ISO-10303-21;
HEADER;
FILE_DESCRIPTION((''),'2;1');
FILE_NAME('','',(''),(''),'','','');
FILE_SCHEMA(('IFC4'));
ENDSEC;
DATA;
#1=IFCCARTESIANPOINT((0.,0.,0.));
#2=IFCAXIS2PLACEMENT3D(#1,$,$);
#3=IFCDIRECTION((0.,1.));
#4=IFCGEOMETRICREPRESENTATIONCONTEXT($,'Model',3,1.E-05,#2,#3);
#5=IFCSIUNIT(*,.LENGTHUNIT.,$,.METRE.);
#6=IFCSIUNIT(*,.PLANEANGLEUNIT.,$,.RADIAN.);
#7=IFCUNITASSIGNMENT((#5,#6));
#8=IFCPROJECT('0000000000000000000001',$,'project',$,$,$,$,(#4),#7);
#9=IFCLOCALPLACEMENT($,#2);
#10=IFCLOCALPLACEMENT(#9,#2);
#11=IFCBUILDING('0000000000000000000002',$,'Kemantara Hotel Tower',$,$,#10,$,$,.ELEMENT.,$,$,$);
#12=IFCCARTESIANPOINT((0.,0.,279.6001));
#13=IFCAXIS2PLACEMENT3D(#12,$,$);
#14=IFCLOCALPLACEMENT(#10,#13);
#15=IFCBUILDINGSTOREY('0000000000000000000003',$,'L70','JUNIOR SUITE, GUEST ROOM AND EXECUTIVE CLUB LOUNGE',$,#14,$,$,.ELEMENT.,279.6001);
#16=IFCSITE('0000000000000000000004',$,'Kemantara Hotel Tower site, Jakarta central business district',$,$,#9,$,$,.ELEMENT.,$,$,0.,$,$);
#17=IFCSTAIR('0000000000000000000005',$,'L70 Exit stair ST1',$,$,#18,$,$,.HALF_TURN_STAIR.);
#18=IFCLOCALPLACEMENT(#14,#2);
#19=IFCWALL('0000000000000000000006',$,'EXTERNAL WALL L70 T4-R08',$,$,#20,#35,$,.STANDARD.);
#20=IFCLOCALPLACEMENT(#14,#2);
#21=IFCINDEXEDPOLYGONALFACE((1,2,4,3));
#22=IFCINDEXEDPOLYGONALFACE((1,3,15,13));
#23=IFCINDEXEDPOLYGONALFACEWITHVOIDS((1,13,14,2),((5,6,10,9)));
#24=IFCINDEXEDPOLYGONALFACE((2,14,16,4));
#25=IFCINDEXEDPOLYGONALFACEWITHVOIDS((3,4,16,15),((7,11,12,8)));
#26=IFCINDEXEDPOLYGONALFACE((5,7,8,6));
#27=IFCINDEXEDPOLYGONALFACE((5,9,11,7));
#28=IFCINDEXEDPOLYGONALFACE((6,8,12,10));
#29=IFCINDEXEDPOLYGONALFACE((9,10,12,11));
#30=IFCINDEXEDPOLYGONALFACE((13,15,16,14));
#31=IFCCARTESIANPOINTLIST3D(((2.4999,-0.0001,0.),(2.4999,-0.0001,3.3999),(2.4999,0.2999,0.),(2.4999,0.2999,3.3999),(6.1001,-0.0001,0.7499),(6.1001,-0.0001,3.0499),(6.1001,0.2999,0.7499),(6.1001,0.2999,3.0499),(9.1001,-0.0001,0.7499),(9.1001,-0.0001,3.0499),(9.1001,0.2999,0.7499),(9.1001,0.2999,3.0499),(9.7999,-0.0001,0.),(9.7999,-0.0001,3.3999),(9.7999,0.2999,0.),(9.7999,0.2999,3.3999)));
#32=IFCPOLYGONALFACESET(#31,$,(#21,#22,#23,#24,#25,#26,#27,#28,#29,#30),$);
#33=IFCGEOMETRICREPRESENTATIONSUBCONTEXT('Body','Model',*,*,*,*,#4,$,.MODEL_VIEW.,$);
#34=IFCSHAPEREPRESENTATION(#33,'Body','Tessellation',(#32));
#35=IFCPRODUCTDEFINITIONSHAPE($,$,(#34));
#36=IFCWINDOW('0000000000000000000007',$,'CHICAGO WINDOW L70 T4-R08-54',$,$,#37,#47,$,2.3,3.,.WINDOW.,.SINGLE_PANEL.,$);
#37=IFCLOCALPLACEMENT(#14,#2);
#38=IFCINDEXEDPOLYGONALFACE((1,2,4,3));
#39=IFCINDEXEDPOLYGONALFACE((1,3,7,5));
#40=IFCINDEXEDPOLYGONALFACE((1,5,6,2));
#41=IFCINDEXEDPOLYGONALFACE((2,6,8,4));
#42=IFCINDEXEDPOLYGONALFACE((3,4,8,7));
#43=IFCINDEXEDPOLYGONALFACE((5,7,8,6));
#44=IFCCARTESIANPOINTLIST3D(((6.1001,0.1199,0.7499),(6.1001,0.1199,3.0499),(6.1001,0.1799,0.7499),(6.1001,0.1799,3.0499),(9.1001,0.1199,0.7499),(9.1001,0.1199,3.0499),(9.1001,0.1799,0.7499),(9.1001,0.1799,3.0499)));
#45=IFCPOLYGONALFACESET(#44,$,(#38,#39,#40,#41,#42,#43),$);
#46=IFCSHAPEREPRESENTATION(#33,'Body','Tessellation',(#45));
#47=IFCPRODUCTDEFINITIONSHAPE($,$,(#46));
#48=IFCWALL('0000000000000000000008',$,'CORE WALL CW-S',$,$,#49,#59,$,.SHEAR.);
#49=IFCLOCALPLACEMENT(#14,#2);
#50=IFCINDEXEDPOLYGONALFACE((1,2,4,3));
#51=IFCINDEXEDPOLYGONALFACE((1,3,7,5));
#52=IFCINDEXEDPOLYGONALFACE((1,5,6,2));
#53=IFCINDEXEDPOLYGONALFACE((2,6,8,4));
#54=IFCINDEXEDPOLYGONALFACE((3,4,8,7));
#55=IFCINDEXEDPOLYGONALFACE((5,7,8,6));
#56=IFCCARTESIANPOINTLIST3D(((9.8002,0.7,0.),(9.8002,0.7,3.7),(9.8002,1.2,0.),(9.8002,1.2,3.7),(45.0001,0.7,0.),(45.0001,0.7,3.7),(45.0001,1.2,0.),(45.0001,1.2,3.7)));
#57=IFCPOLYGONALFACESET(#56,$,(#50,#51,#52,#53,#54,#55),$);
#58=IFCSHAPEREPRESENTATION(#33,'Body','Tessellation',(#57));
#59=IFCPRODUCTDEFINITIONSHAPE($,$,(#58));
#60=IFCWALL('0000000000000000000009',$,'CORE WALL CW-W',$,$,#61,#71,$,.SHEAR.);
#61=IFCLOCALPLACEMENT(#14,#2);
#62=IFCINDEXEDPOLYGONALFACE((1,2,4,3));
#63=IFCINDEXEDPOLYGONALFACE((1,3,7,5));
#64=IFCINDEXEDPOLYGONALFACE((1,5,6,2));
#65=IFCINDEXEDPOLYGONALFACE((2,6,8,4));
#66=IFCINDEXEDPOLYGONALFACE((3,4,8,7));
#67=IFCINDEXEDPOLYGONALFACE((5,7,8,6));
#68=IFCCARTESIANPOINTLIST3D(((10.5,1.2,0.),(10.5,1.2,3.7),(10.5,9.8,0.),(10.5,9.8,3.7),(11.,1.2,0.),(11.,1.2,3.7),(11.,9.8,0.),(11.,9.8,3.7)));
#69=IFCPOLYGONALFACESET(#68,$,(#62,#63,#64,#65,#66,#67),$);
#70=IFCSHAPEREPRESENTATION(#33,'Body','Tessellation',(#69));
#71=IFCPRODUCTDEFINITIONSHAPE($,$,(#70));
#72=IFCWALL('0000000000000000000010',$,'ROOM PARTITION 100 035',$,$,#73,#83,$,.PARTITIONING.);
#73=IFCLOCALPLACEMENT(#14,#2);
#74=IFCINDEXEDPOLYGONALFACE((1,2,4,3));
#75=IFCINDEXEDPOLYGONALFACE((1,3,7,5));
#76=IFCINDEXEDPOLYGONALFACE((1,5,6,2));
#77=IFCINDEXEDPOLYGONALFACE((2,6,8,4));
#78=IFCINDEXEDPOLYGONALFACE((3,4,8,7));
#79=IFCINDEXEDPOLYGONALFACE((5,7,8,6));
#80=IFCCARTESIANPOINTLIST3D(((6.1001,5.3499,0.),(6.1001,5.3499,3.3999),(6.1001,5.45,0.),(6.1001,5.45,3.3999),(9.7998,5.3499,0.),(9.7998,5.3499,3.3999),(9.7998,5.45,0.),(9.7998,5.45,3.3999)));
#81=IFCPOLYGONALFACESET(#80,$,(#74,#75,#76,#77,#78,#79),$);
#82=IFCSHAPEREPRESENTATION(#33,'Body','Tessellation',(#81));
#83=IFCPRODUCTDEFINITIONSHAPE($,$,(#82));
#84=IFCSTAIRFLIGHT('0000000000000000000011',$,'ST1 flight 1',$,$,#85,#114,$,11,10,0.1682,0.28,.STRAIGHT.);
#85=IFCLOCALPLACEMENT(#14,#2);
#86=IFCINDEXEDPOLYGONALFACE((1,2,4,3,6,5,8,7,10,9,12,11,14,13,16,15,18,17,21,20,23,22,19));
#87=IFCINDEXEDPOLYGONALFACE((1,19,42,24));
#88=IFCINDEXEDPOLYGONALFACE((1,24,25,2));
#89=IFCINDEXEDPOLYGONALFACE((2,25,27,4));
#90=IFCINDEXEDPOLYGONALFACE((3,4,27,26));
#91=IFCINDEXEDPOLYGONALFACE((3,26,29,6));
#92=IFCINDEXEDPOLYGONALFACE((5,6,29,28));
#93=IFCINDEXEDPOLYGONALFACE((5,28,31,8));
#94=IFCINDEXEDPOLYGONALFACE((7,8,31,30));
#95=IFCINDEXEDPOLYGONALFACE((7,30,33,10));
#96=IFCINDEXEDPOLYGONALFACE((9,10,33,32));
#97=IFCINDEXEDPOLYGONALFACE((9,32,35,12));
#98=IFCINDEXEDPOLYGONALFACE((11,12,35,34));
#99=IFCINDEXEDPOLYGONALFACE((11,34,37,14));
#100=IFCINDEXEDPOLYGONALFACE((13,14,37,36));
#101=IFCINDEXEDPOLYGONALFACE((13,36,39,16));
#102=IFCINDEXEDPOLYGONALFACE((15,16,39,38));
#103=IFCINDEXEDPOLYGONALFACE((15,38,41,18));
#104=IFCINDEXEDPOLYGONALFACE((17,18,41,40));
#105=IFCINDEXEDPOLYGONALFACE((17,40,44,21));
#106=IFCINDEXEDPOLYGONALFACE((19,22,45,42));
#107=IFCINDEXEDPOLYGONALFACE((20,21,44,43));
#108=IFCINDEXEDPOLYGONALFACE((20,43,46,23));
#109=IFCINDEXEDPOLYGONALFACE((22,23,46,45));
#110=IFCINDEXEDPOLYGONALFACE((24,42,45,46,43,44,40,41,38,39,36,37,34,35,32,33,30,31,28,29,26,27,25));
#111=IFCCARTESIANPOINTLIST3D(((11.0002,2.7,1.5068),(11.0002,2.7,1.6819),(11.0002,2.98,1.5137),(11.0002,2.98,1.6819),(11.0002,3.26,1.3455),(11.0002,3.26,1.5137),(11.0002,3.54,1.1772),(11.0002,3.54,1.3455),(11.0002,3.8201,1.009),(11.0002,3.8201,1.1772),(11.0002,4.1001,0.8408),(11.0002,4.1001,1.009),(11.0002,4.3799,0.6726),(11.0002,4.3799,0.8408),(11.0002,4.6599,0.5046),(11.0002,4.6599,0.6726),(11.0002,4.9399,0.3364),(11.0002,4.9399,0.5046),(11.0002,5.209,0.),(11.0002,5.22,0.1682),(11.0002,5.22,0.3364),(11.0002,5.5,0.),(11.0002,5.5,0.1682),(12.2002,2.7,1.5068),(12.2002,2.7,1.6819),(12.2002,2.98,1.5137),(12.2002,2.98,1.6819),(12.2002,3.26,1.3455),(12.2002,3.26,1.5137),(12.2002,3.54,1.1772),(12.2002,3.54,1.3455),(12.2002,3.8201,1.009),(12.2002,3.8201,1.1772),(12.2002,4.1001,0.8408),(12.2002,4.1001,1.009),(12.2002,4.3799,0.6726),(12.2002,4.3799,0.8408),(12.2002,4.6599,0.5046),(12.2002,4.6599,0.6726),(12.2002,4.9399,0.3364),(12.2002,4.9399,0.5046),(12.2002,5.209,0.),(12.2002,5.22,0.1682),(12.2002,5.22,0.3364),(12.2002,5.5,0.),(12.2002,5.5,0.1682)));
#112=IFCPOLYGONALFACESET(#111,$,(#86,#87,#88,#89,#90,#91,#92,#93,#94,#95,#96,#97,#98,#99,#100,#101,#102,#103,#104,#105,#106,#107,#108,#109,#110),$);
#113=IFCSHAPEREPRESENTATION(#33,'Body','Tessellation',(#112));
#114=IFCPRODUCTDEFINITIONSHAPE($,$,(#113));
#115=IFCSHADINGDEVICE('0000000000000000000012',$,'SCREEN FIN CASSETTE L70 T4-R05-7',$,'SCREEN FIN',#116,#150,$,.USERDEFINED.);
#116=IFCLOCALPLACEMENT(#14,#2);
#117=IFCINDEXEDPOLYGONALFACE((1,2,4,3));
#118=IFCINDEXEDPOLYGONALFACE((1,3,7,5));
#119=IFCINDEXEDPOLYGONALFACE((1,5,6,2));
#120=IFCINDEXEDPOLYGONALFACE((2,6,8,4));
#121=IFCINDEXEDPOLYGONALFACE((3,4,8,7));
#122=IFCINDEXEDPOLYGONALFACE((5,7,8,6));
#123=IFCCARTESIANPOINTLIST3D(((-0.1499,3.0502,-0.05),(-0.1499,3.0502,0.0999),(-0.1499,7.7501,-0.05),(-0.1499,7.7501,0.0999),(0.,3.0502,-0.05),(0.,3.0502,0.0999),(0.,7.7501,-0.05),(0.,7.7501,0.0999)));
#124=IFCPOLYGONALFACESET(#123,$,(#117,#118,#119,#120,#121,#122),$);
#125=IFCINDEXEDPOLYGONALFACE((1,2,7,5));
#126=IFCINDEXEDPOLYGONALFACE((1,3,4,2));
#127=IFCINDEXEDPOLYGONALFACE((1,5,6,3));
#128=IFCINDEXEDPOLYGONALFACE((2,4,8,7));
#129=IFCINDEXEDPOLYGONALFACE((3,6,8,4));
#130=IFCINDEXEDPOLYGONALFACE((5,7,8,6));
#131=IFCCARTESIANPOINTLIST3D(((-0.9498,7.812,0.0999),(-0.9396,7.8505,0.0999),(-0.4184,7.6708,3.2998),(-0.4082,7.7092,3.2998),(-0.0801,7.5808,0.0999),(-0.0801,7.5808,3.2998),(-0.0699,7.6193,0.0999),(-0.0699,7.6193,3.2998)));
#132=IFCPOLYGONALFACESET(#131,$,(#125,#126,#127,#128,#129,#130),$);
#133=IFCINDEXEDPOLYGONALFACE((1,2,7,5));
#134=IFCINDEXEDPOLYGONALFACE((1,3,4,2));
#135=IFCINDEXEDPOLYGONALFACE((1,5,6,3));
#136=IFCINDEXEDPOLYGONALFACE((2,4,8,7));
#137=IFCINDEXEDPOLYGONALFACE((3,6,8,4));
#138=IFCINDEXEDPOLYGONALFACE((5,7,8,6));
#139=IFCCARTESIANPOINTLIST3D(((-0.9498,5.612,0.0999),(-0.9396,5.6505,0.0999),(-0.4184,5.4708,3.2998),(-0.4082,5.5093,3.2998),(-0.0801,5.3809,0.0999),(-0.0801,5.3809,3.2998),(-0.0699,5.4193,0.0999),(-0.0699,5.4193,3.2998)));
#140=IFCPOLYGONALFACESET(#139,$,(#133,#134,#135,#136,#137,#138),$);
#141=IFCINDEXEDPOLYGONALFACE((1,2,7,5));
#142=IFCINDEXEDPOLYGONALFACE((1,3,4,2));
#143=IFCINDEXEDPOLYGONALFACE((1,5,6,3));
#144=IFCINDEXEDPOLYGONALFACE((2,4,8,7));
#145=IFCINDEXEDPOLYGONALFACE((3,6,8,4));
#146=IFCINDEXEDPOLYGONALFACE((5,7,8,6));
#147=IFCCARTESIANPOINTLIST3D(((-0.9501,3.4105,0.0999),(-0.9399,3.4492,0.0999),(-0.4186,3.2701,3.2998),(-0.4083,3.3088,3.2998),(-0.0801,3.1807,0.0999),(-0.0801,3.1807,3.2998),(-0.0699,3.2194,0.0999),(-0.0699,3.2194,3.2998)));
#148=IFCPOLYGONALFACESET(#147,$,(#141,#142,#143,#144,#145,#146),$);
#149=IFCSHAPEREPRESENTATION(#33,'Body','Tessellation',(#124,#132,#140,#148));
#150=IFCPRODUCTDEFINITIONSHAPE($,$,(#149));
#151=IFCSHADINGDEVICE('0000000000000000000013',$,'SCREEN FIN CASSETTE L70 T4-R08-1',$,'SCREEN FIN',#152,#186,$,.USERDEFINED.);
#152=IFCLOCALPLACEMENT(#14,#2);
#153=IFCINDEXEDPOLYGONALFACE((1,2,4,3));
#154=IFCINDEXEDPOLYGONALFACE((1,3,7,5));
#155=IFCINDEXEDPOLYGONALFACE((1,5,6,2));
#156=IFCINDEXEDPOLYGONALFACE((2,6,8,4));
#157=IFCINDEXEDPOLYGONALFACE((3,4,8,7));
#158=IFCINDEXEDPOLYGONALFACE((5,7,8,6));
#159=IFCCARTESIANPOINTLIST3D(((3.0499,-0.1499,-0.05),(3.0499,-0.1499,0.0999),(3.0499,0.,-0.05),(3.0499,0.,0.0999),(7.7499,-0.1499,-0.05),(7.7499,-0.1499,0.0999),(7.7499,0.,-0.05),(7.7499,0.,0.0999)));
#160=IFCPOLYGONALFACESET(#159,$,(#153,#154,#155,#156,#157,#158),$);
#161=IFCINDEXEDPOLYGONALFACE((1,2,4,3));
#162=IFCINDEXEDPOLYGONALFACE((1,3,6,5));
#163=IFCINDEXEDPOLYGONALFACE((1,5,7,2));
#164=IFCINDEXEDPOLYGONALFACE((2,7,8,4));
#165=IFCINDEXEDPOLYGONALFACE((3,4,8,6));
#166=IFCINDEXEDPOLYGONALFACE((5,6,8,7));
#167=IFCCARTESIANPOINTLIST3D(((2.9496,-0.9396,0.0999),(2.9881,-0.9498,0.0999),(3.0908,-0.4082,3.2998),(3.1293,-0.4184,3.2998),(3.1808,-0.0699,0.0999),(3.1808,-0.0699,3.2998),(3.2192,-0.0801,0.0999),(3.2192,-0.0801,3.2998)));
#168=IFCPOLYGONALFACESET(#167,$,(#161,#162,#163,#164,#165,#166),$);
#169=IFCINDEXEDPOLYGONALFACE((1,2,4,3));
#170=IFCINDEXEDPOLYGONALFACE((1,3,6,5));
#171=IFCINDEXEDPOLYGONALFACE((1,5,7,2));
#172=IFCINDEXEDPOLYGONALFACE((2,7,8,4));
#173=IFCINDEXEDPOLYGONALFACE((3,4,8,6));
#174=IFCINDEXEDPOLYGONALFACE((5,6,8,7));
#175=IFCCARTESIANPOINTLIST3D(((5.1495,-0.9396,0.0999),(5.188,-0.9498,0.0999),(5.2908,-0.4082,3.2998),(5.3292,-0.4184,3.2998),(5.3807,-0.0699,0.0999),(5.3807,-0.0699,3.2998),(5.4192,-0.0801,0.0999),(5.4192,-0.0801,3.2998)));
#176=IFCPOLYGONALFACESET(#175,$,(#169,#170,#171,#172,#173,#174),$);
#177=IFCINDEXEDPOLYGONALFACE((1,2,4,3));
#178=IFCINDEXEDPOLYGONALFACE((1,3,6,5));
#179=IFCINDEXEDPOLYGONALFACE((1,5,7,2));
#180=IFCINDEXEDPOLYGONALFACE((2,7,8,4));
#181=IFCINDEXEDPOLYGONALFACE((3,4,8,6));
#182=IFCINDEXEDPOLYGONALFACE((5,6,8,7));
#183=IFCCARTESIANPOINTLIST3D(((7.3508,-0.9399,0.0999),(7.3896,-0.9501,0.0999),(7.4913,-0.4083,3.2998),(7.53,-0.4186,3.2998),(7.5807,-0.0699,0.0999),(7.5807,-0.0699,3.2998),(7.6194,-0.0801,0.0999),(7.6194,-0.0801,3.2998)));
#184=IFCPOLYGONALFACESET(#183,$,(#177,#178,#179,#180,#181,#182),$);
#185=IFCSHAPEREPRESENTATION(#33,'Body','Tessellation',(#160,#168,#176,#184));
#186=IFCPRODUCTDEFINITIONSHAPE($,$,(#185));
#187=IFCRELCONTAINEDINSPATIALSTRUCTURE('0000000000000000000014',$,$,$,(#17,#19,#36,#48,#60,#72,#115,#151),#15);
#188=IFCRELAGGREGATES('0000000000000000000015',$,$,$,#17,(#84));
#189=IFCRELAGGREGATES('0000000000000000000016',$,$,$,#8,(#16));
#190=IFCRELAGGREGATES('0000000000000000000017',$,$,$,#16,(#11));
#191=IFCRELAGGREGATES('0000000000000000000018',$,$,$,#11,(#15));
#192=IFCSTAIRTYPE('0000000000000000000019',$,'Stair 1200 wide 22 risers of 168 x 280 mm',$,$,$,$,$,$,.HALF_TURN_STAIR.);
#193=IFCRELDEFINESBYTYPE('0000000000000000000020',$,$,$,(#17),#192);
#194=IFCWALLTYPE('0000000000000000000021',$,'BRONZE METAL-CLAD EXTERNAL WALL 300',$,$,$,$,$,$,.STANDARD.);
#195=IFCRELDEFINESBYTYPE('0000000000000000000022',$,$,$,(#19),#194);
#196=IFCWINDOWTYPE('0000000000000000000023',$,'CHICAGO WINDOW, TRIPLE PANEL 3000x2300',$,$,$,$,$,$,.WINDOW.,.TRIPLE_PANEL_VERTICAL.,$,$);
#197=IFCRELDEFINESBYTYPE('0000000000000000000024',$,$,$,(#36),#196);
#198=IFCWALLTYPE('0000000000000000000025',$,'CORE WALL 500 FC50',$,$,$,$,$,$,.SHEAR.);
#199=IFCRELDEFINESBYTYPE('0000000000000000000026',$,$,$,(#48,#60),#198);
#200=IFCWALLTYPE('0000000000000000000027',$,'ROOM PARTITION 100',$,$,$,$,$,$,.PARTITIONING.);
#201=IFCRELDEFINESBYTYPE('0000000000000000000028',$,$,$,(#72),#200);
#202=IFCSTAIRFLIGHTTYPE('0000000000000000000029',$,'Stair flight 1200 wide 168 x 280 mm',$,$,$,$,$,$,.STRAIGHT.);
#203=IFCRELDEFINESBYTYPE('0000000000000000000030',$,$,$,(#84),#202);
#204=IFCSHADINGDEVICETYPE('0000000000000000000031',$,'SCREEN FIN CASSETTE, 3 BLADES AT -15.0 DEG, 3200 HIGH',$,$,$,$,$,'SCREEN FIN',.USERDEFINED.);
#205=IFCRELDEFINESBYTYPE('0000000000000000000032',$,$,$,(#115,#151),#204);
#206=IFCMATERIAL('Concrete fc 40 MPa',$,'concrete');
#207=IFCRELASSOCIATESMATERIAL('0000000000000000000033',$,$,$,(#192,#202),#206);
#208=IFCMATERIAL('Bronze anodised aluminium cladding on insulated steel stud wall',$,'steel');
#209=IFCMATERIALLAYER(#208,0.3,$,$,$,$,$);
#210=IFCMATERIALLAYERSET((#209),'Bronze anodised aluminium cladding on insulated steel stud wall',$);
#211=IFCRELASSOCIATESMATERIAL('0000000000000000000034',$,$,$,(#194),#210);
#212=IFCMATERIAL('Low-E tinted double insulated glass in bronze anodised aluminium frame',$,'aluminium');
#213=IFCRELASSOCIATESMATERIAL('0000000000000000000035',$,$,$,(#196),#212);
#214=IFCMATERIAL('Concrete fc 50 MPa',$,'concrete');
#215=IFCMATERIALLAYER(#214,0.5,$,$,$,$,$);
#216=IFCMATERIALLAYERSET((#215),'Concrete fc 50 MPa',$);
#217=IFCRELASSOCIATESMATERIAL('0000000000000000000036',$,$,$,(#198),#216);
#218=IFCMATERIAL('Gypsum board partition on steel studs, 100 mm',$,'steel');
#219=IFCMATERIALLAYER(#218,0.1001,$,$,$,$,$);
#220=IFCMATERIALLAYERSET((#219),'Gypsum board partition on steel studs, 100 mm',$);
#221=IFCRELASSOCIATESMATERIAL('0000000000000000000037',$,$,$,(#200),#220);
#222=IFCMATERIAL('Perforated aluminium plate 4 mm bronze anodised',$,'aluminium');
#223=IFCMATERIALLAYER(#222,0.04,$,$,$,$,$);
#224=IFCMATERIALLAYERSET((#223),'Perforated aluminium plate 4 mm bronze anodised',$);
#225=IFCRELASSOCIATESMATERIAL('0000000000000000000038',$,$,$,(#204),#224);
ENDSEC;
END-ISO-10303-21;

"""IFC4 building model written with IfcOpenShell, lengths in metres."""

from ifc_helpers import new_model, si_unit, direction, frame, frame_2d, origin, origin_2d, place, context, subcontext, project, spatial, polyline, rectangle, outline, extrude, source, transform, mapped, material, layer, layer_set, type_object, element, fill, aggregate, save


model = new_model("IFC4")

# Units and contexts
model_context = context("Model", 3, precision=1e-05, world=origin(), true_north=direction((0.0, 1.0)))
body_context = subcontext(model_context, "Body", "Model", "MODEL_VIEW")
ifc_project = project(units=[si_unit("LENGTHUNIT", "METRE"), si_unit("PLANEANGLEUNIT", "RADIAN")], contexts=[model_context])

# Site, building, storey
site_placement = place(None, origin())
site = spatial("IfcSite", under=ifc_project, at=site_placement, Name="Kemantara Hotel Tower site, Jakarta central business district", CompositionType="ELEMENT", RefElevation=0.0)
building_placement = place(site_placement, origin())
building = spatial("IfcBuilding", under=site, at=building_placement, Name="Kemantara Hotel Tower", CompositionType="ELEMENT")
storey_placement = place(building_placement, frame((0.0, 0.0, 279.6001)))
storey = spatial("IfcBuildingStorey", under=building, at=storey_placement, Name="L70", Description="JUNIOR SUITE, GUEST ROOM AND EXECUTIVE CLUB LOUNGE", CompositionType="ELEMENT", Elevation=279.6001)

# Shared definitions
ifc_material_1 = material(Name="Concrete fc 50 MPa", Category="concrete")

# Shared definitions
ifc_material_2 = material(Name="Concrete fc 40 MPa", Category="concrete")

# Stair
stair_type_1 = type_object("IfcStairType", Name="Stair 1200 wide 22 risers of 168 x 280 mm", PredefinedType="HALF_TURN_STAIR", material=ifc_material_2)
stair_1_placement = place(storey_placement, origin())
stair_1 = element("IfcStair", 1, at=stair_1_placement, inside=storey, type_object=stair_type_1, Name="L70 Exit stair ST1", PredefinedType="HALF_TURN_STAIR")

# Shared definitions
ifc_material_3 = material(Name="Bronze anodised aluminium cladding on insulated steel stud wall", Category="steel")
ifc_layer_1 = layer(ifc_material_3, 0.3)
ifc_layer_set_1 = layer_set([ifc_layer_1], Name="Bronze anodised aluminium cladding on insulated steel stud wall")
wall_type_1 = type_object("IfcWallType", Name="BRONZE METAL-CLAD EXTERNAL WALL 300", PredefinedType="STANDARD", material=ifc_layer_set_1)

# Wall, opening, window
wall_1_placement = place(storey_placement, frame((2.5, 0.1499, 0.0), z_axis=(0.0, 0.0, 1.0), x_axis=(1.0, 0.0, 0.0)))
wall_1 = element("IfcWall", 2, at=wall_1_placement, inside=storey, type_object=wall_type_1, Name="EXTERNAL WALL L70 T4-R08", PredefinedType="STANDARD", context=body_context, shape_type="SweptSolid", body=[
    extrude(rectangle(XDim=7.3, YDim=0.3, at=frame_2d((3.6499, 0.0))), origin(), (0.0, 0.0, 1.0), 3.3999),
])
opening_placement = place(wall_1_placement, frame((3.6001, 0.0, 0.75)))
opening = element("IfcOpeningElement", 3, at=opening_placement, cuts=wall_1, PredefinedType="OPENING", context=body_context, shape_type="SweptSolid", body=[
    extrude(rectangle(XDim=3.0, YDim=2.3, at=frame_2d((1.5, 1.1499))), frame((0.0, 0.1599, 0.0), z_axis=(0.0, -1.0, 0.0), x_axis=(1.0, 0.0, 0.0)), (0.0, 0.0, 1.0), 0.3201),
])
ifc_material_4 = material(Name="Low-E tinted double insulated glass in bronze anodised aluminium frame", Category="aluminium")
window_type = type_object("IfcWindowType", Name="CHICAGO WINDOW, TRIPLE PANEL 3000x2300", PartitioningType="TRIPLE_PANEL_VERTICAL", PredefinedType="WINDOW", material=ifc_material_4)
window_placement = place(opening_placement, origin())
window = element("IfcWindow", 4, at=window_placement, inside=storey, type_object=window_type, Name="CHICAGO WINDOW L70 T4-R08-54", OverallHeight=2.3, OverallWidth=3.0, PartitioningType="SINGLE_PANEL", PredefinedType="WINDOW", context=body_context, shape_type="SweptSolid", body=[
    extrude(rectangle(XDim=3.0, YDim=2.3, at=frame_2d((1.5, 1.1499))), frame((0.0, 0.03, 0.0), z_axis=(0.0, -1.0, 0.0), x_axis=(1.0, 0.0, 0.0)), (0.0, 0.0, 1.0), 0.0601),
])
fill(opening, window)

# Walls
ifc_layer_2 = layer(ifc_material_1, 0.5)
ifc_layer_set_2 = layer_set([ifc_layer_2], Name="Concrete fc 50 MPa")
wall_type_2 = type_object("IfcWallType", Name="CORE WALL 500 FC50", PredefinedType="SHEAR", material=ifc_layer_set_2)
wall_2_placement = place(storey_placement, frame((9.8, 0.95, 0.0), z_axis=(0.0, 0.0, 1.0), x_axis=(1.0, 0.0, 0.0)))
element("IfcWall", 5, at=wall_2_placement, inside=storey, type_object=wall_type_2, Name="CORE WALL CW-S", PredefinedType="SHEAR", context=body_context, shape_type="SweptSolid", body=[
    extrude(rectangle(XDim=35.2, YDim=0.5, at=frame_2d((17.6001, 0.0))), origin(), (0.0, 0.0, 1.0), 3.7),
])
wall_3_placement = place(storey_placement, frame((10.75, 1.2, 0.0), z_axis=(0.0, 0.0, 1.0), x_axis=(0.0, 1.0, 0.0)))
element("IfcWall", 6, at=wall_3_placement, inside=storey, type_object=wall_type_2, Name="CORE WALL CW-W", PredefinedType="SHEAR", context=body_context, shape_type="SweptSolid", body=[
    extrude(rectangle(XDim=8.6001, YDim=0.5, at=frame_2d((4.3, 0.0))), origin(), (0.0, 0.0, 1.0), 3.7),
])
ifc_material_5 = material(Name="Gypsum board partition on steel studs, 100 mm", Category="steel")
ifc_layer_3 = layer(ifc_material_5, 0.1001)
ifc_layer_set_3 = layer_set([ifc_layer_3], Name="Gypsum board partition on steel studs, 100 mm")
wall_type_3 = type_object("IfcWallType", Name="ROOM PARTITION 100", PredefinedType="PARTITIONING", material=ifc_layer_set_3)
wall_4_placement = place(storey_placement, frame((6.1001, 5.3999, 0.0), z_axis=(0.0, 0.0, 1.0), x_axis=(1.0, 0.0, 0.0)))
element("IfcWall", 7, at=wall_4_placement, inside=storey, type_object=wall_type_3, Name="ROOM PARTITION 100 035", PredefinedType="PARTITIONING", context=body_context, shape_type="SweptSolid", body=[
    extrude(rectangle(XDim=3.6997, YDim=0.1001, at=frame_2d((1.8499, 0.0))), origin(), (0.0, 0.0, 1.0), 3.3999),
])

# Stair flight
stair_flight_type = type_object("IfcStairFlightType", Name="Stair flight 1200 wide 168 x 280 mm", PredefinedType="STRAIGHT", material=ifc_material_2)
stair_flight_placement = place(storey_placement, frame((11.6001, 5.5, 0.0), z_axis=(0.0, 0.0, 1.0), x_axis=(0.0, -1.0, 0.0)))
stair_flight = element("IfcStairFlight", 8, at=stair_flight_placement, type_object=stair_flight_type, Name="ST1 flight 1", NumberOfRisers=11, NumberOfTreads=10, PredefinedType="STRAIGHT", RiserHeight=0.1682, TreadLength=0.28, context=body_context, shape_type="SweptSolid", body=[
    extrude(outline(polyline([(0.0, 0.0), (0.0, 0.1682), (0.28, 0.1682), (0.28, 0.3364), (0.5601, 0.3364), (0.5601, 0.5046), (0.8401, 0.5046), (0.8401, 0.6726), (1.1201, 0.6726), (1.1201, 0.8408), (1.3999, 0.8408), (1.3999, 1.009), (1.6799, 1.009), (1.6799, 1.1772), (1.96, 1.1772), (1.96, 1.3455), (2.24, 1.3455), (2.24, 1.5137), (2.52, 1.5137), (2.52, 1.6819), (2.8, 1.6819), (2.8, 1.8501), (2.8, 1.5068), (0.291, 0.0), (0.0, 0.0)])), frame((0.0, 0.6001, 0.0), z_axis=(0.0, -1.0, 0.0), x_axis=(1.0, 0.0, 0.0)), (0.0, 0.0, 1.0), 1.2),
])
aggregate(stair_1, [stair_flight])

# Shading devices
ifc_material_6 = material(Name="Perforated aluminium plate 4 mm bronze anodised", Category="aluminium")
ifc_layer_4 = layer(ifc_material_6, 0.04)
ifc_layer_set_4 = layer_set([ifc_layer_4], Name="Perforated aluminium plate 4 mm bronze anodised")
shading_device_type_1 = type_object("IfcShadingDeviceType", Name="SCREEN FIN CASSETTE, 3 BLADES AT -15.0 DEG, 3200 HIGH", ElementType="SCREEN FIN", PredefinedType="USERDEFINED", material=ifc_layer_set_4)
shared_shape_1 = source(origin(), body_context, "Body", "SweptSolid", [
    extrude(rectangle(XDim=4.7, YDim=0.1499, at=origin_2d()), frame((2.2, -0.075, -0.1499), z_axis=(0.0, 0.0, 1.0), x_axis=(1.0, 0.0, 0.0)), (0.0, 0.0, 1.0), 0.1499),
    extrude(outline(polyline([(0.0, 0.0), (0.8999, 0.0), (0.3501, 3.2), (0.0, 3.2), (0.0, 0.0)])), frame((0.0193, -0.0801, 0.0), z_axis=(-0.966438, 0.256901, 0.0), x_axis=(-0.256901, -0.966438, 0.0)), (0.0, 0.0, 1.0), 0.0398),
    extrude(outline(polyline([(0.0, 0.0), (0.8999, 0.0), (0.3501, 3.2), (0.0, 3.2), (0.0, 0.0)])), frame((2.2192, -0.0801, 0.0), z_axis=(-0.966438, 0.256901, 0.0), x_axis=(-0.256901, -0.966438, 0.0)), (0.0, 0.0, 1.0), 0.0398),
    extrude(outline(polyline([(0.0, 0.0), (0.8999, 0.0), (0.3501, 3.2), (0.0, 3.2), (0.0, 0.0)])), frame((4.4194, -0.0801, 0.0), z_axis=(-0.966838, 0.255391, 0.0), x_axis=(-0.255391, -0.966838, 0.0)), (0.0, 0.0, 1.0), 0.04),
])
for number, where, z_axis, x_axis, name in (
    (9, (0.0, 7.6001, 0.0999), (0.0, 0.0, 1.0), (0.0, -1.0, 0.0), "SCREEN FIN CASSETTE L70 T4-R05-7"),
    (10, (3.2, 0.0, 0.0999), (0.0, 0.0, 1.0), (1.0, 0.0, 0.0), "SCREEN FIN CASSETTE L70 T4-R08-1"),
):
    element("IfcShadingDevice", number, at=place(storey_placement, frame(where, z_axis=z_axis, x_axis=x_axis)), inside=storey, type_object=shading_device_type_1, Name=name, ObjectType="SCREEN FIN", PredefinedType="USERDEFINED", context=body_context, shape_type="MappedRepresentation", body=[
        mapped(shared_shape_1, transform((0.0, 0.0, 0.0))),
    ])

save(model, "model.ifc")
